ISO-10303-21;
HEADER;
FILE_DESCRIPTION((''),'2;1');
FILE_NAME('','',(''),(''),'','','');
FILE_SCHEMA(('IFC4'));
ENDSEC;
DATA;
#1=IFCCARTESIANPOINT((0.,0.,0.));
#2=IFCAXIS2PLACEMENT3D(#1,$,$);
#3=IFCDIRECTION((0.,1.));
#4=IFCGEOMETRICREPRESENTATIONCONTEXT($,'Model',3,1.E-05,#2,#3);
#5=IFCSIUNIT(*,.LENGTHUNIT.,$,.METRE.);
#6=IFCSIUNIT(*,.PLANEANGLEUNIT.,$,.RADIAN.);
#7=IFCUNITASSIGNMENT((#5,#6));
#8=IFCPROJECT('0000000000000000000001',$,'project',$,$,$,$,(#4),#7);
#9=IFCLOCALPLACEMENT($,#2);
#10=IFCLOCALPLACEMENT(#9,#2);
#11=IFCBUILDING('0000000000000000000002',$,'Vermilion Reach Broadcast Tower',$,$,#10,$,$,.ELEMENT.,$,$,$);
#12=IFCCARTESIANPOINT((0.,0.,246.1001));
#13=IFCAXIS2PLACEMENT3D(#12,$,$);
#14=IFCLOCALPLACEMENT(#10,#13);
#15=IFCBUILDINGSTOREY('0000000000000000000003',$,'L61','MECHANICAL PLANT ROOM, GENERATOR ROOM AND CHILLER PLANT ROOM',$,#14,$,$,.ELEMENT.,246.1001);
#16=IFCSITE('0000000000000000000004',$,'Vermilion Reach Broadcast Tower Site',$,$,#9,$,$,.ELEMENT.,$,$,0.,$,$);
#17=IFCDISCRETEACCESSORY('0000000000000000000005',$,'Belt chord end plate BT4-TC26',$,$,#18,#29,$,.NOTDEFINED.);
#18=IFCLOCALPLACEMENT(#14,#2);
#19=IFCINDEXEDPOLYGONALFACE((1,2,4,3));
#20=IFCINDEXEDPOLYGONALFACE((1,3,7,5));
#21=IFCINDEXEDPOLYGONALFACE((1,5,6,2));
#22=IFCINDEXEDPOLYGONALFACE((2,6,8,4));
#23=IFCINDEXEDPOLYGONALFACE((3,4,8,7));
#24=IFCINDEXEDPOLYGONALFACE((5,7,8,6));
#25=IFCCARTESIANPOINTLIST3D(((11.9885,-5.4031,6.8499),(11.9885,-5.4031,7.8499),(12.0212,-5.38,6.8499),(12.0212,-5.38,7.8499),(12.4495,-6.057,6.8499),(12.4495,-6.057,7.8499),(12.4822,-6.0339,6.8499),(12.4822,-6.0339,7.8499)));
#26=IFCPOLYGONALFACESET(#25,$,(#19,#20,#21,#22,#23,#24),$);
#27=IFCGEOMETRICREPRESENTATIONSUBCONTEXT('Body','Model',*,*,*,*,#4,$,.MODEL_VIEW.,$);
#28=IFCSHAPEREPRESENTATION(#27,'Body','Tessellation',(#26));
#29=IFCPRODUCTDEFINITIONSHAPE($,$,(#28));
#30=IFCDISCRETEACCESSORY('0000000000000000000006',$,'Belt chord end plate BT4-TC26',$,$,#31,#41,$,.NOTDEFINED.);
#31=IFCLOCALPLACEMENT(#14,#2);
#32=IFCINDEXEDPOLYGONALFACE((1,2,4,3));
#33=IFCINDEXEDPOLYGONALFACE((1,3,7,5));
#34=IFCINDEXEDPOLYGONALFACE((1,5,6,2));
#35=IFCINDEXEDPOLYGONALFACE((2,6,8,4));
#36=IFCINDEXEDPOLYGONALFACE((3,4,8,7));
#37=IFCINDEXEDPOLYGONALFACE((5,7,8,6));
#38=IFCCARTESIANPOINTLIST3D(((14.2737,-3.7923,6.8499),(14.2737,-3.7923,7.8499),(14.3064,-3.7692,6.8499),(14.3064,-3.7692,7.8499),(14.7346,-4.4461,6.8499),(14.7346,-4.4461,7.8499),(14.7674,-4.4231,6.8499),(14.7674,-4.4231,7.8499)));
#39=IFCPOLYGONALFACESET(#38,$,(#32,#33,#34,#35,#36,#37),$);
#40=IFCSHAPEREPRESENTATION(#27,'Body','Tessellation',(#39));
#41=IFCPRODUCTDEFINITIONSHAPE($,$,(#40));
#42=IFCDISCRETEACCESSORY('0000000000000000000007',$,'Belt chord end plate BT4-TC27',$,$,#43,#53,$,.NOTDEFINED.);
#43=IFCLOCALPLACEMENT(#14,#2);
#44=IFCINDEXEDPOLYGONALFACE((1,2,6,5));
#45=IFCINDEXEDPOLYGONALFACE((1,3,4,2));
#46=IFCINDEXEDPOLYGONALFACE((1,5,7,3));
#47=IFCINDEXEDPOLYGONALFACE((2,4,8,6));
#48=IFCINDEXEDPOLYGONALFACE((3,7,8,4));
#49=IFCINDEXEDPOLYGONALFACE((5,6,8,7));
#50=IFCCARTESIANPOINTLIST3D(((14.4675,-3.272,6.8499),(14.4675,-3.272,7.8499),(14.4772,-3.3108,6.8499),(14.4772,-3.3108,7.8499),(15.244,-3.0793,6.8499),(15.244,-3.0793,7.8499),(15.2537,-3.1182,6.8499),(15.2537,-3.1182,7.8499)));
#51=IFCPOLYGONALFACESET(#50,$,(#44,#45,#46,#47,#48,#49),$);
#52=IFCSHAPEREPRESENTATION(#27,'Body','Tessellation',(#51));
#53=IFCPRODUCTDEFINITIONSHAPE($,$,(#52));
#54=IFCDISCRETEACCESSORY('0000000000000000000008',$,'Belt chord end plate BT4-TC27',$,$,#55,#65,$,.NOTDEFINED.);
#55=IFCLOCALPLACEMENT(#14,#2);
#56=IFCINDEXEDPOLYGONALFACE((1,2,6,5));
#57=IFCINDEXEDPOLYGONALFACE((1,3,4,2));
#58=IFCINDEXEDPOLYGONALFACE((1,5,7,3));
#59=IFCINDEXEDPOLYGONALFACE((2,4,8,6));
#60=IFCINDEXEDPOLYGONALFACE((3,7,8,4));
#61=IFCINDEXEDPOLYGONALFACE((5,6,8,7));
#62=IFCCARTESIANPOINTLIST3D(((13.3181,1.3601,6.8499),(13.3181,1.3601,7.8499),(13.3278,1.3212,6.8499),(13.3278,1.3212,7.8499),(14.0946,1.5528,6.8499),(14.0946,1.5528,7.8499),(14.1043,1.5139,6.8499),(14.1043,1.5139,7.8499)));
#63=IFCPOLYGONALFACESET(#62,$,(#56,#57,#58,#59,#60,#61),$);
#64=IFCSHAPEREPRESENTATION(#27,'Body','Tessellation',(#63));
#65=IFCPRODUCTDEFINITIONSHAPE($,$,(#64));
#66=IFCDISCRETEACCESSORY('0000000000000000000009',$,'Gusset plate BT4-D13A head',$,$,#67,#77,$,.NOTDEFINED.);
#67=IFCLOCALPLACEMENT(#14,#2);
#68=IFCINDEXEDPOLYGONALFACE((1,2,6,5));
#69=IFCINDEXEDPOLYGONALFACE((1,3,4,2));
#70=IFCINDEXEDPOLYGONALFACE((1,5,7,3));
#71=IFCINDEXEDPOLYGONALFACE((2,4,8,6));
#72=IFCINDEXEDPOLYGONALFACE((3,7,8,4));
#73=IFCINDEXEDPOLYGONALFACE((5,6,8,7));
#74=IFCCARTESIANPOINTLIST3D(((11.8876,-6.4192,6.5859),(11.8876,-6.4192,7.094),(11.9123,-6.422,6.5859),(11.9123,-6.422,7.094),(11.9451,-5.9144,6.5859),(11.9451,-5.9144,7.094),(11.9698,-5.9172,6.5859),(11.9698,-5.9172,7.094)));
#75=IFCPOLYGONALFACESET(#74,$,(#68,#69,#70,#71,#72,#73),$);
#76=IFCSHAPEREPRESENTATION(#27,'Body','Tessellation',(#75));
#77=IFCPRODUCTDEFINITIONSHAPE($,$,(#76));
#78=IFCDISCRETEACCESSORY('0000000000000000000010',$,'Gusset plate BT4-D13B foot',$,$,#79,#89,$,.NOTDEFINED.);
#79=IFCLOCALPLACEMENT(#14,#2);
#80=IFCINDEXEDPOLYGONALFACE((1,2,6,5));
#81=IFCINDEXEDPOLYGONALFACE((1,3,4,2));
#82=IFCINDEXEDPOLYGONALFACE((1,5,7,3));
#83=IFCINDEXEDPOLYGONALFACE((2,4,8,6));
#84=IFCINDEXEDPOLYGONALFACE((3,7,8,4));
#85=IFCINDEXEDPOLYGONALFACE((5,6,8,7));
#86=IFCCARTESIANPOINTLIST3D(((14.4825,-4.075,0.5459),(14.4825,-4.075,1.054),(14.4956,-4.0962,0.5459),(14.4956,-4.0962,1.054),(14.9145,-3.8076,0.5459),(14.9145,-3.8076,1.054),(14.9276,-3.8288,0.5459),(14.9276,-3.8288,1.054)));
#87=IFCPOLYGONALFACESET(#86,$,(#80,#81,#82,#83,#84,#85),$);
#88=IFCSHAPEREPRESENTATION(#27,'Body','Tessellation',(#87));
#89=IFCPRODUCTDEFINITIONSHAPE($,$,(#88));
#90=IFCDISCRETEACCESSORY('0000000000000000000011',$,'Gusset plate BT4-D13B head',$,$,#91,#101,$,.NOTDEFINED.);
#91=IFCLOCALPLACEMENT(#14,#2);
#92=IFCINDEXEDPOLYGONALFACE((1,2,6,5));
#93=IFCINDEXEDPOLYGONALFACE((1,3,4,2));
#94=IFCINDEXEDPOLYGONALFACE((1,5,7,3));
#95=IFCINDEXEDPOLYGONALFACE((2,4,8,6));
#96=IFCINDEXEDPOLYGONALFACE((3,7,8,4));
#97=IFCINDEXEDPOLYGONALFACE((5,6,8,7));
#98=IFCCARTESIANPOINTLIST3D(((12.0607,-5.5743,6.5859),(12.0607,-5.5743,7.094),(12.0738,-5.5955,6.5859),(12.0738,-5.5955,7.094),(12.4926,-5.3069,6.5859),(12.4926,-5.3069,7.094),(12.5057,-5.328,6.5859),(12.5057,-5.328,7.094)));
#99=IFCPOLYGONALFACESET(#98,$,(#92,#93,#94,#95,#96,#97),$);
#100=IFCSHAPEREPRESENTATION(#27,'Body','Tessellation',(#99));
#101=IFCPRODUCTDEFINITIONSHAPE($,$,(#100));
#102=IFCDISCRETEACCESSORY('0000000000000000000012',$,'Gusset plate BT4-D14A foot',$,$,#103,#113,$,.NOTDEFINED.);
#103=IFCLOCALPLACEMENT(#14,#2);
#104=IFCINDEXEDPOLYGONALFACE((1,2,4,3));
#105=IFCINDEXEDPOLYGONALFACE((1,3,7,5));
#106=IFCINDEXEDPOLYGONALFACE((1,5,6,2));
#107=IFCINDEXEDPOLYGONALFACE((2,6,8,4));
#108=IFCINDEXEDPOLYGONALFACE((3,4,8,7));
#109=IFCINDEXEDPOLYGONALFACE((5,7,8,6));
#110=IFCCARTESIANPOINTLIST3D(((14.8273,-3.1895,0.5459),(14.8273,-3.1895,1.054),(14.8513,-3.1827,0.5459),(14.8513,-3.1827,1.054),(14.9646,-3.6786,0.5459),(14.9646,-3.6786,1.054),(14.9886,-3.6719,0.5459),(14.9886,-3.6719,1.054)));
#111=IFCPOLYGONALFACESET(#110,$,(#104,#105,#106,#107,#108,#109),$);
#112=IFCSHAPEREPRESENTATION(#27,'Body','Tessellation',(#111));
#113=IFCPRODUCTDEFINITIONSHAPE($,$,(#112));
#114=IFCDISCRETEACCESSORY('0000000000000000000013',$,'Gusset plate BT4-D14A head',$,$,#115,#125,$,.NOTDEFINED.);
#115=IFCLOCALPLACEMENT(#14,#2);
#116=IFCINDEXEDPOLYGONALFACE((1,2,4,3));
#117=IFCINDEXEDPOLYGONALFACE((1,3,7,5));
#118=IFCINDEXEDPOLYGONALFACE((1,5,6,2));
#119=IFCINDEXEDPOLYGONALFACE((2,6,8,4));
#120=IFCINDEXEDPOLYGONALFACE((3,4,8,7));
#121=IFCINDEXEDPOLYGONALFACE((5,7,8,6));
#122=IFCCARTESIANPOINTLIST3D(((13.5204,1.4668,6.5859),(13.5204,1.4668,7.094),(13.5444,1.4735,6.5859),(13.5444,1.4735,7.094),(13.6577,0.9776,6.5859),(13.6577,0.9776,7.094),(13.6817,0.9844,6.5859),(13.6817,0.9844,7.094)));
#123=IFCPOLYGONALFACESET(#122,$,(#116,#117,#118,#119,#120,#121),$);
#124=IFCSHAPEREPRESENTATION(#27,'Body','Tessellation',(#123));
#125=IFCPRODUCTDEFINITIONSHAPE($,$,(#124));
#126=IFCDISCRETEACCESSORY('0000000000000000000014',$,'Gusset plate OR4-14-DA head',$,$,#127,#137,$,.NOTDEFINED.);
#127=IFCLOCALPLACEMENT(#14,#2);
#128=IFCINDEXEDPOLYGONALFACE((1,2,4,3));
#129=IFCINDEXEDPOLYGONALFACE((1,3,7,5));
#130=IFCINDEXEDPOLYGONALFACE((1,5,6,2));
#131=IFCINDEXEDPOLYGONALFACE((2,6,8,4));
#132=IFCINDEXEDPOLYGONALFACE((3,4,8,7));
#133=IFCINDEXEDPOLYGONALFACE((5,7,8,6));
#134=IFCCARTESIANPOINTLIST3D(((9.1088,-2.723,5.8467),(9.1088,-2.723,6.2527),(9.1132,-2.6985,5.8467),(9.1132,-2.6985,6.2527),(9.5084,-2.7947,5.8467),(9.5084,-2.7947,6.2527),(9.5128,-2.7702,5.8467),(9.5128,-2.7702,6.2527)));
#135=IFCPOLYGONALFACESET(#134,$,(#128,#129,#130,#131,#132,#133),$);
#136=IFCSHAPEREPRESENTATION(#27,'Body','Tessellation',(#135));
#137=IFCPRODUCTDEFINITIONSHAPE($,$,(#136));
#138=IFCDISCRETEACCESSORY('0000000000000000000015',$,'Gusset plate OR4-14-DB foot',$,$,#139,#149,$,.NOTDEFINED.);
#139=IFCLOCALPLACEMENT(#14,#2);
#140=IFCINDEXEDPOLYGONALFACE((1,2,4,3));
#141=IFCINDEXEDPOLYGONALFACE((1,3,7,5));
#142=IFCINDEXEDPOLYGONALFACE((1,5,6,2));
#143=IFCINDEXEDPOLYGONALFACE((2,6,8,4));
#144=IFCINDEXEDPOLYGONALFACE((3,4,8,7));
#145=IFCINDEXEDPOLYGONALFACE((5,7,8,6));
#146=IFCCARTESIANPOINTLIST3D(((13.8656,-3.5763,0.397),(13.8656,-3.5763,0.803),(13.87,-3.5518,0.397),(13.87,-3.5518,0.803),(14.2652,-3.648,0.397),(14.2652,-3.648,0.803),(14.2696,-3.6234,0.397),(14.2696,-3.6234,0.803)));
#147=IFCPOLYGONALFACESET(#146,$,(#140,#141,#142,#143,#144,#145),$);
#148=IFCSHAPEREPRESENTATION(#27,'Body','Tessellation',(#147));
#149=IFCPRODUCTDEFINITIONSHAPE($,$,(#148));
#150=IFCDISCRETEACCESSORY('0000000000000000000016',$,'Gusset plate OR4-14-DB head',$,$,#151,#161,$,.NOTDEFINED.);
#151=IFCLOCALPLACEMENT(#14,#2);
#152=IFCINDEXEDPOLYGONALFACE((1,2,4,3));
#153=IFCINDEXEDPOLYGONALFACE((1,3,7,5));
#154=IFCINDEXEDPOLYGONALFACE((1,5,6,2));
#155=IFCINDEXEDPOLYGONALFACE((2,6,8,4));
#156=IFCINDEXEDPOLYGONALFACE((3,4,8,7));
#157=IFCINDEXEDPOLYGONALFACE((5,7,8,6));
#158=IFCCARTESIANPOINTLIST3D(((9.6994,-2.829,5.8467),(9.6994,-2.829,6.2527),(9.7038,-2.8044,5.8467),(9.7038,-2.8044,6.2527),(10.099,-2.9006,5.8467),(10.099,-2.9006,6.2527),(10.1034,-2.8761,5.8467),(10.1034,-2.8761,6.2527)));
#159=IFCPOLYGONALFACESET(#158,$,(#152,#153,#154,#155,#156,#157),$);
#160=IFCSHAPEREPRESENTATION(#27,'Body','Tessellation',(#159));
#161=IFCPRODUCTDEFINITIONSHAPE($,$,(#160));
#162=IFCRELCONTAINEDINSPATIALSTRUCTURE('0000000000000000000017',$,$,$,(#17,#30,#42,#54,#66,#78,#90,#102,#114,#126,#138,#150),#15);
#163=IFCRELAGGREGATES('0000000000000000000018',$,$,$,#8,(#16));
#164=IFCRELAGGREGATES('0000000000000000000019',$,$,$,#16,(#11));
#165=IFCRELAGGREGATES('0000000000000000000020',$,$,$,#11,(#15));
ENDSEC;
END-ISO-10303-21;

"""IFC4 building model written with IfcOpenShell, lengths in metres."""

from ifc_helpers import new_model, si_unit, direction, frame, origin, origin_2d, place, context, subcontext, project, spatial, rectangle, extrude, element, save


model = new_model("IFC4")

# Units and contexts
model_context = context("Model", 3, precision=1e-05, world=origin(), true_north=direction((0.0, 1.0)))
body_context = subcontext(model_context, "Body", "Model", "MODEL_VIEW")
ifc_project = project(units=[si_unit("LENGTHUNIT", "METRE"), si_unit("PLANEANGLEUNIT", "RADIAN")], contexts=[model_context])

# Site, building, storey
site_placement = place(None, origin())
site = spatial("IfcSite", under=ifc_project, at=site_placement, Name="Vermilion Reach Broadcast Tower Site", CompositionType="ELEMENT", RefElevation=0.0)
building_placement = place(site_placement, origin())
building = spatial("IfcBuilding", under=site, at=building_placement, Name="Vermilion Reach Broadcast Tower", CompositionType="ELEMENT")
storey_placement = place(building_placement, frame((0.0, 0.0, 246.1001)))
storey = spatial("IfcBuildingStorey", under=building, at=storey_placement, Name="L61", Description="MECHANICAL PLANT ROOM, GENERATOR ROOM AND CHILLER PLANT ROOM", CompositionType="ELEMENT", Elevation=246.1001)

# Discrete accessories
for number, where, z_axis, x_axis, name in (
    (1, (12.2354, -5.7185, 6.8499), (0.0, 0.0, 1.0), (-0.817315, -0.576191, 0.0), "Belt chord end plate BT4-TC26"),
    (2, (14.5205, -4.1077, 6.8499), (0.0, 0.0, 1.0), (0.817315, 0.576191, 0.0), "Belt chord end plate BT4-TC26"),
    (3, (14.8606, -3.1951, 6.8499), (0.0, 0.0, 1.0), (0.24084, -0.970565, 0.0), "Belt chord end plate BT4-TC27"),
    (4, (13.7112, 1.437, 6.8499), (0.0, 0.0, 1.0), (-0.24084, 0.970565, 0.0), "Belt chord end plate BT4-TC27"),
):
    element("IfcDiscreteAccessory", number, at=place(storey_placement, frame(where, z_axis=z_axis, x_axis=x_axis)), inside=storey, Name=name, PredefinedType="NOTDEFINED", context=body_context, shape_type="SweptSolid", body=[
        extrude(rectangle(XDim=0.04, YDim=0.8, at=origin_2d()), origin(), (0.0, 0.0, 1.0), 1.0),
    ])
for number, where, z_axis, x_axis, name in (
    (5, (11.9287, -6.1682, 6.5859), (0.0, 0.0, 1.0), (-0.993569, 0.113229, 0.0), "Gusset plate BT4-D13A head"),
    (6, (14.7051, -3.9519, 0.5459), (0.0, 0.0, 1.0), (0.526354, -0.850265, 0.0), "Gusset plate BT4-D13B foot"),
    (7, (12.2832, -5.4512, 6.5859), (0.0, 0.0, 1.0), (0.526354, -0.850265, 0.0), "Gusset plate BT4-D13B head"),
    (8, (14.908, -3.4307, 0.5459), (0.0, 0.0, 1.0), (-0.962784, -0.270273, 0.0), "Gusset plate BT4-D14A foot"),
    (9, (13.6011, 1.2256, 6.5859), (0.0, 0.0, 1.0), (-0.962784, -0.270273, 0.0), "Gusset plate BT4-D14A head"),
):
    element("IfcDiscreteAccessory", number, at=place(storey_placement, frame(where, z_axis=z_axis, x_axis=x_axis)), inside=storey, Name=name, PredefinedType="NOTDEFINED", context=body_context, shape_type="SweptSolid", body=[
        extrude(rectangle(XDim=0.0249, YDim=0.5081, at=origin_2d()), origin(), (0.0, 0.0, 1.0), 0.5081),
    ])
for number, where, z_axis, x_axis, name in (
    (10, (9.3108, -2.7466, 5.8467), (0.0, 0.0, 1.0), (0.176569, 0.984288, 0.0), "Gusset plate OR4-14-DA head"),
    (11, (14.0676, -3.5999, 0.397), (0.0, 0.0, 1.0), (0.176569, 0.984288, 0.0), "Gusset plate OR4-14-DB foot"),
    (12, (9.9014, -2.8525, 5.8467), (0.0, 0.0, 1.0), (0.176569, 0.984288, 0.0), "Gusset plate OR4-14-DB head"),
):
    element("IfcDiscreteAccessory", number, at=place(storey_placement, frame(where, z_axis=z_axis, x_axis=x_axis)), inside=storey, Name=name, PredefinedType="NOTDEFINED", context=body_context, shape_type="SweptSolid", body=[
        extrude(rectangle(XDim=0.0249, YDim=0.406, at=origin_2d()), origin(), (0.0, 0.0, 1.0), 0.406),
    ])

save(model, "model.ifc")
